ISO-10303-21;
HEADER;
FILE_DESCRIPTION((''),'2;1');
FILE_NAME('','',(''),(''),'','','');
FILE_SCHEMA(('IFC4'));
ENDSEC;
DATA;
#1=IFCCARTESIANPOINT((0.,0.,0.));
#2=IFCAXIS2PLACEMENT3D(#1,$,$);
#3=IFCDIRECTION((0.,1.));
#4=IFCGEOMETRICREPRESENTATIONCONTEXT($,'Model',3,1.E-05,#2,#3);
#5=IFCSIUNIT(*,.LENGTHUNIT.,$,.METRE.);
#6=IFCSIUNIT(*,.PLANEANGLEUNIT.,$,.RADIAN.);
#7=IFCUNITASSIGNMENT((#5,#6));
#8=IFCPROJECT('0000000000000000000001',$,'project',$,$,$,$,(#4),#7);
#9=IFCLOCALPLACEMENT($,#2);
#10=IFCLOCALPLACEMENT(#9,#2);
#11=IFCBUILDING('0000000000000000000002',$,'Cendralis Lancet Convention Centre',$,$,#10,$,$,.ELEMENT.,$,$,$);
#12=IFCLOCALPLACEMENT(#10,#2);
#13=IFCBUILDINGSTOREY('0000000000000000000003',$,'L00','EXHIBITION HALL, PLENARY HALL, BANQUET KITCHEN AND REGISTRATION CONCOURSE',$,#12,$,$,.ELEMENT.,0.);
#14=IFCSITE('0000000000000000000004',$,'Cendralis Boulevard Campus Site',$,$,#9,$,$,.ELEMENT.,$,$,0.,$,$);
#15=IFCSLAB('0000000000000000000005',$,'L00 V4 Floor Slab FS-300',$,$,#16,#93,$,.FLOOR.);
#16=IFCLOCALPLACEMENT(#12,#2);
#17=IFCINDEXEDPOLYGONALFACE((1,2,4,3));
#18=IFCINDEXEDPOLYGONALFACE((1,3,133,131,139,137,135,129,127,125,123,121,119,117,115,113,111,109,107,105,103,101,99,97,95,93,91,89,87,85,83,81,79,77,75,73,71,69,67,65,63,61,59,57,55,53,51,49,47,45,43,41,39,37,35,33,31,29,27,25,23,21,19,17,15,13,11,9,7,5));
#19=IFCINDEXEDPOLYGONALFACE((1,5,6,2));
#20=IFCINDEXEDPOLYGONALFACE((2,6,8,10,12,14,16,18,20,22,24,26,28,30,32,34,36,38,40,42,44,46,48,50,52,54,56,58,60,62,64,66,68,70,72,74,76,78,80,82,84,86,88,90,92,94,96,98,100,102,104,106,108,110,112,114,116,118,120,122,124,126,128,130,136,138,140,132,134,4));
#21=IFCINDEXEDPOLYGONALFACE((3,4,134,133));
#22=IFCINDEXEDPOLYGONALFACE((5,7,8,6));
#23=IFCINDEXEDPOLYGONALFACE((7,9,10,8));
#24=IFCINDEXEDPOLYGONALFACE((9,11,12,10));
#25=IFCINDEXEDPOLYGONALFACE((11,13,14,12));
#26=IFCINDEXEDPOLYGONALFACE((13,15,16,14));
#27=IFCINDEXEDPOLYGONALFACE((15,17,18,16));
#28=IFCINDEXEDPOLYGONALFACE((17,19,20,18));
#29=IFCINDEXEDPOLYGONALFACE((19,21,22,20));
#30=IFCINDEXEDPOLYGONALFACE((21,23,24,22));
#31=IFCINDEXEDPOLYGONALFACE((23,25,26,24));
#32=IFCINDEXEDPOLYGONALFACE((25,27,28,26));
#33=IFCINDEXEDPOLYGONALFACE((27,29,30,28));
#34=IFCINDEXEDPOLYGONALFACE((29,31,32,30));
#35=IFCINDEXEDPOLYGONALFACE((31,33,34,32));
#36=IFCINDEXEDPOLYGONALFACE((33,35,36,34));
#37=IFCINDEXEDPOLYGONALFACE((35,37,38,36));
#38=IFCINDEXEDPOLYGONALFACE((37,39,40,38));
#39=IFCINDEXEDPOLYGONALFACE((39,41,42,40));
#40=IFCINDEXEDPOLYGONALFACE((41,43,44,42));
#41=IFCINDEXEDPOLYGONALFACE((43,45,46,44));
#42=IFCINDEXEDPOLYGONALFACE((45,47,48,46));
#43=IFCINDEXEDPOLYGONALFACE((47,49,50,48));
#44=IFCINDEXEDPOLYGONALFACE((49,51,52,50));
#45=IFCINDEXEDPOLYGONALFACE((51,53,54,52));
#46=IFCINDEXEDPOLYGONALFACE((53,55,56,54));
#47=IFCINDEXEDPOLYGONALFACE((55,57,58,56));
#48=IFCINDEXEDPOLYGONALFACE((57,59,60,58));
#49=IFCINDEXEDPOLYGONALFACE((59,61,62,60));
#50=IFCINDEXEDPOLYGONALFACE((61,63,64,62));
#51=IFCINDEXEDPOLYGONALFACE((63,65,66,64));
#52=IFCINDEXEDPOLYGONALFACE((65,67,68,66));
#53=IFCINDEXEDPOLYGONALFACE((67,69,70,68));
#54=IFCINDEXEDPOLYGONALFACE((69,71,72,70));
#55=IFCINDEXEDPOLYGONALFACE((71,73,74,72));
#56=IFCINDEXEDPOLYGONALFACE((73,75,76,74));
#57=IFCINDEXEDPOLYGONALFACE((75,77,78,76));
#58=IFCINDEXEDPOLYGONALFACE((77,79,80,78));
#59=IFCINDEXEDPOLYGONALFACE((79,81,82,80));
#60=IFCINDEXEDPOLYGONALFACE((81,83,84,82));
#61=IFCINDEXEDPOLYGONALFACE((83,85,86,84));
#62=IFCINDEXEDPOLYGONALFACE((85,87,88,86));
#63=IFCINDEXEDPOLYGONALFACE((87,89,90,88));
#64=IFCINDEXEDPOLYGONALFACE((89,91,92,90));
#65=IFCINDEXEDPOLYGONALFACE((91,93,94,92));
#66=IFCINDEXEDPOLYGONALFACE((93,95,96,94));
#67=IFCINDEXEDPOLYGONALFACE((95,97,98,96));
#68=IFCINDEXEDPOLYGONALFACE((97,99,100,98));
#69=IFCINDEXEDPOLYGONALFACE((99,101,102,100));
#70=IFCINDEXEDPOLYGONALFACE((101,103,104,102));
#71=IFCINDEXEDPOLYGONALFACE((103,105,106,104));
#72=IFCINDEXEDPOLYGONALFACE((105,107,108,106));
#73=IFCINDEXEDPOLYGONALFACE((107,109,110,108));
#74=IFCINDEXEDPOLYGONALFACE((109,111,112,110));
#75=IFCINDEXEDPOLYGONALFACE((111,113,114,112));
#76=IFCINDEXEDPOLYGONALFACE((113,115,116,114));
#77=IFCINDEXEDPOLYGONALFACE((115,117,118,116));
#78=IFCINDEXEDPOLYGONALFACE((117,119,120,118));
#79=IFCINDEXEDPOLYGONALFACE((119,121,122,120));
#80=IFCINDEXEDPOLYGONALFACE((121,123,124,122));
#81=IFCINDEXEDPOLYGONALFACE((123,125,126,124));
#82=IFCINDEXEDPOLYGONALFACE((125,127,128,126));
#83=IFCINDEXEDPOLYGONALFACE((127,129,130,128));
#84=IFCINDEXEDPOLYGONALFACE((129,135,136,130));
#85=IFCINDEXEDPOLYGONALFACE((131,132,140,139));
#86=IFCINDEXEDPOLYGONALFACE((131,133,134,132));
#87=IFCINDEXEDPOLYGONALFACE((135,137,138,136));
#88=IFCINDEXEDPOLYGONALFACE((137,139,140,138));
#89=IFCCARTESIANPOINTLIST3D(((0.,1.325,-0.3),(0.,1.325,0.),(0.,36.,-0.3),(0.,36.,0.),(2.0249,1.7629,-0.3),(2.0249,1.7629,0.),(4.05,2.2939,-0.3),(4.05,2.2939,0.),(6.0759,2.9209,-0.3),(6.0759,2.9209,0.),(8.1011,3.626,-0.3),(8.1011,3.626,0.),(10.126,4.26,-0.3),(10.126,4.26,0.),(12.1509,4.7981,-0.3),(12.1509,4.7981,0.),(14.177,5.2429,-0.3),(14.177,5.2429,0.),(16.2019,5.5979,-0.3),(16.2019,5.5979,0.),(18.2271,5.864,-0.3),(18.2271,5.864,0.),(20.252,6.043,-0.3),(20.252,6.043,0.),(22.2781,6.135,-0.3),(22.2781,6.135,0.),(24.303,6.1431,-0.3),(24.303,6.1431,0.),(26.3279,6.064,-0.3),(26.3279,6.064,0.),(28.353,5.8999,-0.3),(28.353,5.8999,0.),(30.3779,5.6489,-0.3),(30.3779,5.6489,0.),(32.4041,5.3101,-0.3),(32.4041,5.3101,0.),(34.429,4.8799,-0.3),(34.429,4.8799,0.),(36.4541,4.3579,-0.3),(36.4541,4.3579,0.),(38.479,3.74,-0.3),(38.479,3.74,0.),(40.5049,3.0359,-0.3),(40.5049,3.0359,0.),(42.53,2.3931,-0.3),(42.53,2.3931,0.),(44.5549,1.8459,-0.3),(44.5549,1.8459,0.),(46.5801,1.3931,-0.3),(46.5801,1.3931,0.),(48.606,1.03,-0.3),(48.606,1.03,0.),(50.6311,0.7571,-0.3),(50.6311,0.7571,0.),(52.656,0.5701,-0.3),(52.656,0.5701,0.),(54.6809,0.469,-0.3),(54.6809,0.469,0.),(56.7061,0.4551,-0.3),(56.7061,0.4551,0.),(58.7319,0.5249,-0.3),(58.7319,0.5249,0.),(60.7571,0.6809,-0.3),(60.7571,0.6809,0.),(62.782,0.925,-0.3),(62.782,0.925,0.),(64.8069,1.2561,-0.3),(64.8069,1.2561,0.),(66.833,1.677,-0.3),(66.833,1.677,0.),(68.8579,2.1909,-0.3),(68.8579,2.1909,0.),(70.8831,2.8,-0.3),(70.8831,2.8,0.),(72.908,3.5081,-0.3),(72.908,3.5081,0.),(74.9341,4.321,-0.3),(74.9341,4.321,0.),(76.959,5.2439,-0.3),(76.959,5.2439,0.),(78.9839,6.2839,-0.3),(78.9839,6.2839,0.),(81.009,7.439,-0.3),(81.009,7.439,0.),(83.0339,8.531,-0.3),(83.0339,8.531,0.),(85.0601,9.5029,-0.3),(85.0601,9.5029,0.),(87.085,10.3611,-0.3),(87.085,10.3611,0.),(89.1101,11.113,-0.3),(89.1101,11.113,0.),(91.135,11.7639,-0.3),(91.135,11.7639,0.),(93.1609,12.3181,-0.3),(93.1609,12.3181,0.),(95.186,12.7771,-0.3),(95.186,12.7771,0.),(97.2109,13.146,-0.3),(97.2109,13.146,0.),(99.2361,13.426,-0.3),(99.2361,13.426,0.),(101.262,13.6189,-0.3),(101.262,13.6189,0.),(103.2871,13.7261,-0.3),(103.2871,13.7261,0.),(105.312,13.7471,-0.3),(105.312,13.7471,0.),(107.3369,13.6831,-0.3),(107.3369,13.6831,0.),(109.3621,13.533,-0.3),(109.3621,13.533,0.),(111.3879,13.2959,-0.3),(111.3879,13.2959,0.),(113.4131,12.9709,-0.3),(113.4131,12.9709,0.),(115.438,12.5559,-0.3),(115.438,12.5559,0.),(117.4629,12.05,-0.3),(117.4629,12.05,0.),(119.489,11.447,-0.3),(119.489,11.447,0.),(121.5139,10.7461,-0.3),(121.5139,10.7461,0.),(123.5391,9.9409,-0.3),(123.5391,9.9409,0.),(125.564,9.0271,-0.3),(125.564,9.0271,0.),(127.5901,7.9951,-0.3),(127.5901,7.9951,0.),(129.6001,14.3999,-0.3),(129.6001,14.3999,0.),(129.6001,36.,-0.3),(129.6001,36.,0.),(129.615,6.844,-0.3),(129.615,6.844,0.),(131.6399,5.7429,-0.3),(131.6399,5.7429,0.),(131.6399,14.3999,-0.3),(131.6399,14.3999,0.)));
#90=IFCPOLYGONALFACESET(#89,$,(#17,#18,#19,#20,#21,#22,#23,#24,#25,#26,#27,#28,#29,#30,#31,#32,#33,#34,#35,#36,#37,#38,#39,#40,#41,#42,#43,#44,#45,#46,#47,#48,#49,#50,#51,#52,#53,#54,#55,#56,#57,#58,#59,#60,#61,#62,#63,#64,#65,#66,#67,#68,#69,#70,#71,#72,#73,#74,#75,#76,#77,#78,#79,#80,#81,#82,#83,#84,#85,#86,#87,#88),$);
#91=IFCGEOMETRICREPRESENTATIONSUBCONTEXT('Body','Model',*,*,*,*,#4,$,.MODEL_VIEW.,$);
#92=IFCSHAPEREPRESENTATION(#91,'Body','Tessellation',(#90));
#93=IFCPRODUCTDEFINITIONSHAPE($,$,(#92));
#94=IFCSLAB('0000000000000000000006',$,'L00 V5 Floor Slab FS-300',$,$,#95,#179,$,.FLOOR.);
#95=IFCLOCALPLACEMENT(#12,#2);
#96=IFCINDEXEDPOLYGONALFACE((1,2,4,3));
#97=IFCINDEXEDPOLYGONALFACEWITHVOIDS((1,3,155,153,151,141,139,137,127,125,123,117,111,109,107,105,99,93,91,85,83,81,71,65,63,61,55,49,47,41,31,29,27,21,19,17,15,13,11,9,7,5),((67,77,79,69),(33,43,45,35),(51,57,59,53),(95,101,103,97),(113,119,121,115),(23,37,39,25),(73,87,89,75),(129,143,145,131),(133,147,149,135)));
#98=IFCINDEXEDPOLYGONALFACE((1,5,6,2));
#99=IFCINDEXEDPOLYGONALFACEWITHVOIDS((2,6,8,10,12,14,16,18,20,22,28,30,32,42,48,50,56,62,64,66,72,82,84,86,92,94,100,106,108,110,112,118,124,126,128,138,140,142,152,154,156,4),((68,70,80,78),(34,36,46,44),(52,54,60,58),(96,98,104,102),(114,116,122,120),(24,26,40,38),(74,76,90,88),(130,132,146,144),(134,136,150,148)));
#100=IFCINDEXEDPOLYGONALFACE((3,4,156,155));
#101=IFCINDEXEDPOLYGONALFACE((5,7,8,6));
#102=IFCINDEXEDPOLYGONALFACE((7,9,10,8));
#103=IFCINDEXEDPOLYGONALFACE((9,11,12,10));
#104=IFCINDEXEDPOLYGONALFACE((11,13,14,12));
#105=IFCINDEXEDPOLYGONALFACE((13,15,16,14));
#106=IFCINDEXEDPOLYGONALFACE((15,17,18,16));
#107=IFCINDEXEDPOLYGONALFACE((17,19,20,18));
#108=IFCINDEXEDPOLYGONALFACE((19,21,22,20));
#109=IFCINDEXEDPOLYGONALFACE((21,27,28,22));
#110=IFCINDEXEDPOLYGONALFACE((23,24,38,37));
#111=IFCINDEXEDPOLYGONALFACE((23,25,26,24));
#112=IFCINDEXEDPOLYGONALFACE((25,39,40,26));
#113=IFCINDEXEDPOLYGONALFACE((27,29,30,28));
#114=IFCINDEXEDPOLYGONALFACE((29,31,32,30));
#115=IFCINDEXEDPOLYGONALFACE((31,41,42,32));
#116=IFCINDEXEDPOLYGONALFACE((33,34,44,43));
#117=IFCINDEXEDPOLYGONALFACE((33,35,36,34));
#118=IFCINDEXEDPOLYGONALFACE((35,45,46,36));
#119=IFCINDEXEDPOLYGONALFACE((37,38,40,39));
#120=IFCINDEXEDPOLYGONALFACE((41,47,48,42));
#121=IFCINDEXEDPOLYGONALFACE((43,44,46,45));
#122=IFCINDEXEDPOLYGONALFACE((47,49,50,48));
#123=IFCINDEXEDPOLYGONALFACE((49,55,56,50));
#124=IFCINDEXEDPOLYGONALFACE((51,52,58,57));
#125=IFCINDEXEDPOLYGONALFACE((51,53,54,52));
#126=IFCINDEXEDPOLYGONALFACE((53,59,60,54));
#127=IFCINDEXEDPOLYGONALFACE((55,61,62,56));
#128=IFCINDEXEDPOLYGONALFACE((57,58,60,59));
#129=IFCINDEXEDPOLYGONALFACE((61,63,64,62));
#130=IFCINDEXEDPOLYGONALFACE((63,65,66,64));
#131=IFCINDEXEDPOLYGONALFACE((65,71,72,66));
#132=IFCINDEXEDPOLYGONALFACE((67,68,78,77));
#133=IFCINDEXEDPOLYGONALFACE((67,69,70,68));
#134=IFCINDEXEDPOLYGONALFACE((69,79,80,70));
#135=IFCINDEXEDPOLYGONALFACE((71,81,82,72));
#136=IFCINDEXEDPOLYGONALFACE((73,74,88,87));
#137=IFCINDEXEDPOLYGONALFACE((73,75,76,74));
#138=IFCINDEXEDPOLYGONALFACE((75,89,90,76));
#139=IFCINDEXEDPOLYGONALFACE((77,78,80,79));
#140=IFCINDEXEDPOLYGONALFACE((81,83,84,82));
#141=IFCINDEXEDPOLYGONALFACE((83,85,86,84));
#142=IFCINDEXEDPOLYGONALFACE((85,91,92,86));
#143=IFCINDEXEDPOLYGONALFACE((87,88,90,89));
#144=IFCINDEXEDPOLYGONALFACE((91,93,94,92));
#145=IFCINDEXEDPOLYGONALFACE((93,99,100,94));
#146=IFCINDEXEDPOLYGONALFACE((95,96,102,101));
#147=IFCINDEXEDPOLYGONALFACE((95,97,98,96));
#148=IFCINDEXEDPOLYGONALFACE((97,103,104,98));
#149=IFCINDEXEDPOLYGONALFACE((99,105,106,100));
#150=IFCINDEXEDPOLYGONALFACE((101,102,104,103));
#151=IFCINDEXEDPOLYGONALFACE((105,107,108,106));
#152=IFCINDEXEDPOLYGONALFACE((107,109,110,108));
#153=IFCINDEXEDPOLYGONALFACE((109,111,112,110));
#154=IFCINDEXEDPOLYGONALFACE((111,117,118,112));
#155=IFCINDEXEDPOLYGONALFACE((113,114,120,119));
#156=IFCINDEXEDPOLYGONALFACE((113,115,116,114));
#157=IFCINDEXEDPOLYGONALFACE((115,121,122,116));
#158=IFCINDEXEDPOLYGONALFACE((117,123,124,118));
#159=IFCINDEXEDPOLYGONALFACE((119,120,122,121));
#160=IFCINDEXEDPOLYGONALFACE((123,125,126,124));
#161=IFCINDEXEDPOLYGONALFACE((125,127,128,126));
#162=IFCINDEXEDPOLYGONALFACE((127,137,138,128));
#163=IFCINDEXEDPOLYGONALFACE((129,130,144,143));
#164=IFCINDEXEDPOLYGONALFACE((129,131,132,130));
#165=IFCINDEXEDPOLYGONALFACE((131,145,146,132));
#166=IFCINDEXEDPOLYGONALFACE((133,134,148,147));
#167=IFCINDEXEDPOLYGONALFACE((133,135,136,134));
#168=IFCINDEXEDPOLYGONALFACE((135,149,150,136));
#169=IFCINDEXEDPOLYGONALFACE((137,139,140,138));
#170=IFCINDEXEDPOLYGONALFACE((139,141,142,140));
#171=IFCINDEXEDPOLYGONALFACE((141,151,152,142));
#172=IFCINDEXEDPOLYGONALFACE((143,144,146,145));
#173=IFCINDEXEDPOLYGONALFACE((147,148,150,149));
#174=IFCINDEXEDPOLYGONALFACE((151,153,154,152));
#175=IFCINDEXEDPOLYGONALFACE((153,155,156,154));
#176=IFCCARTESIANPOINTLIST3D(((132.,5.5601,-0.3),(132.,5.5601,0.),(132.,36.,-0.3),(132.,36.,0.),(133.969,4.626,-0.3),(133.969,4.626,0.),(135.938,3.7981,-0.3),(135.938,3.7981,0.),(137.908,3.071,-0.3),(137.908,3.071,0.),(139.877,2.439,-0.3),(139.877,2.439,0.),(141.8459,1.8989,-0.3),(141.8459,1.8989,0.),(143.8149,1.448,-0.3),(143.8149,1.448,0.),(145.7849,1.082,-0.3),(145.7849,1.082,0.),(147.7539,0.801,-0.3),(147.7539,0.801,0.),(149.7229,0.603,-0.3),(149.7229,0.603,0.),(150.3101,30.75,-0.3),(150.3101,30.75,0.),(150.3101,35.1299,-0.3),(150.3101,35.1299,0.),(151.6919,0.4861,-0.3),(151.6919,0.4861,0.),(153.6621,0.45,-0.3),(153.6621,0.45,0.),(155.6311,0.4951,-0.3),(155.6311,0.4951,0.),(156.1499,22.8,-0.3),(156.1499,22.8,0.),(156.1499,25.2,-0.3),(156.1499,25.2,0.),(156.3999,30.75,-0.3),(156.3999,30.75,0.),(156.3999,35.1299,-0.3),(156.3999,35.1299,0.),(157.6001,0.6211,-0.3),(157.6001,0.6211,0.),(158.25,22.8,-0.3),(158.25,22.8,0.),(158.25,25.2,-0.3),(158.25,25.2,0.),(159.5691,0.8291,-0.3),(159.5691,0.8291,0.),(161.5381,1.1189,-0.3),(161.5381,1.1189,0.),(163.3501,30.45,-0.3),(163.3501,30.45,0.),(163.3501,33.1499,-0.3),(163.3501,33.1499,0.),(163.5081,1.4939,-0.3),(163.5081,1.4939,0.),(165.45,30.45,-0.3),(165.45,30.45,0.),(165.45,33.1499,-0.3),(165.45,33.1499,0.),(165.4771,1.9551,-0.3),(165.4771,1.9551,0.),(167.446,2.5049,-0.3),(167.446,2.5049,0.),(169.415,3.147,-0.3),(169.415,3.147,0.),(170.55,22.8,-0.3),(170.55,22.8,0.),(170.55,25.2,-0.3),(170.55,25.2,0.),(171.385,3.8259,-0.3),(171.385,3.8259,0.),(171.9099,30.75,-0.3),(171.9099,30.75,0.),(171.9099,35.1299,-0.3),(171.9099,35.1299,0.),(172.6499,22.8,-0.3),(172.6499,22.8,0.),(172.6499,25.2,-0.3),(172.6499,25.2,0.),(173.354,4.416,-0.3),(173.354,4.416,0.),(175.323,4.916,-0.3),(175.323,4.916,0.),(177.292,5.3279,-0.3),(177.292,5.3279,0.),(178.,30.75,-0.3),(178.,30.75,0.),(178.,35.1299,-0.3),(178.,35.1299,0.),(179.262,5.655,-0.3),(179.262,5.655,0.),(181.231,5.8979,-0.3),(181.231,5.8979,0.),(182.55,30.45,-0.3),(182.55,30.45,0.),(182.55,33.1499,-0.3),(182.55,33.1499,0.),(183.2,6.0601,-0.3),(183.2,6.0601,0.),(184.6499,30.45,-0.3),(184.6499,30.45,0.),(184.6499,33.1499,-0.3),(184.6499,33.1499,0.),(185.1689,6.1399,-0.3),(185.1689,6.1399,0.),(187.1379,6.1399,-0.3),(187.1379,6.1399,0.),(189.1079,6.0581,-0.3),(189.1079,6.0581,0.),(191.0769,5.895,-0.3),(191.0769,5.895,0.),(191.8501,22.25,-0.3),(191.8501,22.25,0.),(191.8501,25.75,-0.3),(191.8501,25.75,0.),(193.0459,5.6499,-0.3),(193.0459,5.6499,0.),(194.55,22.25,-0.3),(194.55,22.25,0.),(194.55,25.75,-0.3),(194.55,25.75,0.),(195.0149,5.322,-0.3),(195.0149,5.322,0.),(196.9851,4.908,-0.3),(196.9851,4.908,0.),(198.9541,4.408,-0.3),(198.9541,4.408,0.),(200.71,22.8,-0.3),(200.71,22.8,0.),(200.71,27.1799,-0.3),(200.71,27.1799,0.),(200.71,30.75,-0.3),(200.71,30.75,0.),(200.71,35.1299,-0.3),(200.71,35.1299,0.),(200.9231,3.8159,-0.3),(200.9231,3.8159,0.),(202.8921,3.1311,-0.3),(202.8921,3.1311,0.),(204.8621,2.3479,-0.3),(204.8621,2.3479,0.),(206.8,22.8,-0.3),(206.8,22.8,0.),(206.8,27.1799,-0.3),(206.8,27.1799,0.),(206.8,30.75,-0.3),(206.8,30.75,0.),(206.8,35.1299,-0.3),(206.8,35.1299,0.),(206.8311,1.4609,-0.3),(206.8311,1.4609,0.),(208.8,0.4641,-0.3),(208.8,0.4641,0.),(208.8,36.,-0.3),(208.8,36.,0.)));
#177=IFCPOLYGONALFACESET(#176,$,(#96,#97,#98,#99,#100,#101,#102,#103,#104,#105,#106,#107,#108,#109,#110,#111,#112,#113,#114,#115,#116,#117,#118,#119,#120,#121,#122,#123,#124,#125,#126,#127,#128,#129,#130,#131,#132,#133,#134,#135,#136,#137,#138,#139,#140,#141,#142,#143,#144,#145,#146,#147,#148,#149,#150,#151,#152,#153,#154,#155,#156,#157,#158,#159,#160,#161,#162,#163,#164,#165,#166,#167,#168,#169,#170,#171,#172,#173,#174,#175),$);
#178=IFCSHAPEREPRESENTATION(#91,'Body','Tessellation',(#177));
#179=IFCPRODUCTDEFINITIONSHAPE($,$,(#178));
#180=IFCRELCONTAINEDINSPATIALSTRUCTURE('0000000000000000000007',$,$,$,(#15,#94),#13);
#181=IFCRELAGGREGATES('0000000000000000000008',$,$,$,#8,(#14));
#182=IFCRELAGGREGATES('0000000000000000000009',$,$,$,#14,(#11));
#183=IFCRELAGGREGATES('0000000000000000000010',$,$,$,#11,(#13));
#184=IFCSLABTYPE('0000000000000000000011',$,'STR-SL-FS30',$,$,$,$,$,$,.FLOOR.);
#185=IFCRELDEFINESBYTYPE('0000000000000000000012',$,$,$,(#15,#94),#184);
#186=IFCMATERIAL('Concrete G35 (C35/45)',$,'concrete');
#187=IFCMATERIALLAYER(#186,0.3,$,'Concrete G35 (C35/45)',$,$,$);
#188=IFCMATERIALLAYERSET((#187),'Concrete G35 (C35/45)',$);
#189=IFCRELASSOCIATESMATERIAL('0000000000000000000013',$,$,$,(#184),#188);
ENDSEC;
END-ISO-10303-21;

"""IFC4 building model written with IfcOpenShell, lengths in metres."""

from ifc_helpers import new_model, si_unit, direction, frame, origin, place, context, subcontext, project, spatial, polyline, outline, extrude, material, layer, layer_set, type_object, element, save


model = new_model("IFC4")

# Units and contexts
model_context = context("Model", 3, precision=1e-05, world=origin(), true_north=direction((0.0, 1.0)))
body_context = subcontext(model_context, "Body", "Model", "MODEL_VIEW")
ifc_project = project(units=[si_unit("LENGTHUNIT", "METRE"), si_unit("PLANEANGLEUNIT", "RADIAN")], contexts=[model_context])

# Site, building, storey
site_placement = place(None, origin())
site = spatial("IfcSite", under=ifc_project, at=site_placement, Name="Cendralis Boulevard Campus Site", CompositionType="ELEMENT", RefElevation=0.0)
building_placement = place(site_placement, origin())
building = spatial("IfcBuilding", under=site, at=building_placement, Name="Cendralis Lancet Convention Centre", CompositionType="ELEMENT")
storey_placement = place(building_placement, origin())
storey = spatial("IfcBuildingStorey", under=building, at=storey_placement, Name="L00", Description="EXHIBITION HALL, PLENARY HALL, BANQUET KITCHEN AND REGISTRATION CONCOURSE", CompositionType="ELEMENT", Elevation=0.0)

# Slabs
ifc_material_1 = material(Name="Concrete G35 (C35/45)", Category="concrete")
ifc_layer_1 = layer(ifc_material_1, 0.3, Name="Concrete G35 (C35/45)")
ifc_layer_set_1 = layer_set([ifc_layer_1], Name="Concrete G35 (C35/45)")
slab_type_1 = type_object("IfcSlabType", Name="STR-SL-FS30", PredefinedType="FLOOR", material=ifc_layer_set_1)
slab_1_placement = place(storey_placement, frame((0.0, 0.0, -0.3)))
element("IfcSlab", 1, at=slab_1_placement, inside=storey, type_object=slab_type_1, Name="L00 V4 Floor Slab FS-300", PredefinedType="FLOOR", context=body_context, shape_type="SweptSolid", body=[
    extrude(outline(polyline([(0.0, 1.325), (2.0249, 1.7629), (4.05, 2.2939), (6.0759, 2.9209), (8.1011, 3.626), (10.126, 4.26), (12.1509, 4.7981), (14.177, 5.2429), (16.2019, 5.5979), (18.2271, 5.864), (20.252, 6.043), (22.2781, 6.135), (24.303, 6.1431), (26.3279, 6.064), (28.353, 5.8999), (30.3779, 5.6489), (32.4041, 5.3101), (34.429, 4.8799), (36.4541, 4.3579), (38.479, 3.74), (40.5049, 3.0359), (42.53, 2.3931), (44.5549, 1.8459), (46.5801, 1.3931), (48.606, 1.03), (50.6311, 0.7571), (52.656, 0.5701), (54.6809, 0.469), (56.7061, 0.4551), (58.7319, 0.5249), (60.7571, 0.6809), (62.782, 0.925), (64.8069, 1.2561), (66.833, 1.677), (68.8579, 2.1909), (70.8831, 2.8), (72.908, 3.5081), (74.9341, 4.321), (76.959, 5.2439), (78.9839, 6.2839), (81.009, 7.439), (83.0339, 8.531), (85.0601, 9.5029), (87.085, 10.3611), (89.1101, 11.113), (91.135, 11.7639), (93.1609, 12.3181), (95.186, 12.7771), (97.2109, 13.146), (99.2361, 13.426), (101.262, 13.6189), (103.2871, 13.7261), (105.312, 13.7471), (107.3369, 13.6831), (109.3621, 13.533), (111.3879, 13.2959), (113.4131, 12.9709), (115.438, 12.5559), (117.4629, 12.05), (119.489, 11.447), (121.5139, 10.7461), (123.5391, 9.9409), (125.564, 9.0271), (127.5901, 7.9951), (129.615, 6.844), (131.6399, 5.7429), (131.6399, 14.3999), (129.6001, 14.3999), (129.6001, 36.0), (0.0, 36.0), (0.0, 1.325)])), origin(), (0.0, 0.0, 1.0), 0.3),
])
slab_2_placement = place(storey_placement, frame((0.0, 0.0, -0.3)))
element("IfcSlab", 2, at=slab_2_placement, inside=storey, type_object=slab_type_1, Name="L00 V5 Floor Slab FS-300", PredefinedType="FLOOR", context=body_context, shape_type="SweptSolid", body=[
    extrude(outline(polyline([(132.0, 5.5601), (133.969, 4.626), (135.938, 3.7981), (137.908, 3.071), (139.877, 2.439), (141.8459, 1.8989), (143.8149, 1.448), (145.7849, 1.082), (147.7539, 0.801), (149.7229, 0.603), (151.6919, 0.4861), (153.6621, 0.45), (155.6311, 0.4951), (157.6001, 0.6211), (159.5691, 0.8291), (161.5381, 1.1189), (163.5081, 1.4939), (165.4771, 1.9551), (167.446, 2.5049), (169.415, 3.147), (171.385, 3.8259), (173.354, 4.416), (175.323, 4.916), (177.292, 5.3279), (179.262, 5.655), (181.231, 5.8979), (183.2, 6.0601), (185.1689, 6.1399), (187.1379, 6.1399), (189.1079, 6.0581), (191.0769, 5.895), (193.0459, 5.6499), (195.0149, 5.322), (196.9851, 4.908), (198.9541, 4.408), (200.9231, 3.8159), (202.8921, 3.1311), (204.8621, 2.3479), (206.8311, 1.4609), (208.8, 0.4641), (208.8, 36.0), (132.0, 36.0), (132.0, 5.5601)]), holes=[polyline([(150.3101, 30.75), (156.3999, 30.75), (156.3999, 35.1299), (150.3101, 35.1299), (150.3101, 30.75)]), polyline([(171.9099, 30.75), (178.0, 30.75), (178.0, 35.1299), (171.9099, 35.1299), (171.9099, 30.75)]), polyline([(200.71, 22.8), (206.8, 22.8), (206.8, 27.1799), (200.71, 27.1799), (200.71, 22.8)]), polyline([(200.71, 30.75), (206.8, 30.75), (206.8, 35.1299), (200.71, 35.1299), (200.71, 30.75)]), polyline([(163.3501, 30.45), (165.45, 30.45), (165.45, 33.1499), (163.3501, 33.1499), (163.3501, 30.45)]), polyline([(182.55, 30.45), (184.6499, 30.45), (184.6499, 33.1499), (182.55, 33.1499), (182.55, 30.45)]), polyline([(156.1499, 22.8), (158.25, 22.8), (158.25, 25.2), (156.1499, 25.2), (156.1499, 22.8)]), polyline([(170.55, 22.8), (172.6499, 22.8), (172.6499, 25.2), (170.55, 25.2), (170.55, 22.8)]), polyline([(191.8501, 22.25), (194.55, 22.25), (194.55, 25.75), (191.8501, 25.75), (191.8501, 22.25)])]), origin(), (0.0, 0.0, 1.0), 0.3),
])

save(model, "model.ifc")
